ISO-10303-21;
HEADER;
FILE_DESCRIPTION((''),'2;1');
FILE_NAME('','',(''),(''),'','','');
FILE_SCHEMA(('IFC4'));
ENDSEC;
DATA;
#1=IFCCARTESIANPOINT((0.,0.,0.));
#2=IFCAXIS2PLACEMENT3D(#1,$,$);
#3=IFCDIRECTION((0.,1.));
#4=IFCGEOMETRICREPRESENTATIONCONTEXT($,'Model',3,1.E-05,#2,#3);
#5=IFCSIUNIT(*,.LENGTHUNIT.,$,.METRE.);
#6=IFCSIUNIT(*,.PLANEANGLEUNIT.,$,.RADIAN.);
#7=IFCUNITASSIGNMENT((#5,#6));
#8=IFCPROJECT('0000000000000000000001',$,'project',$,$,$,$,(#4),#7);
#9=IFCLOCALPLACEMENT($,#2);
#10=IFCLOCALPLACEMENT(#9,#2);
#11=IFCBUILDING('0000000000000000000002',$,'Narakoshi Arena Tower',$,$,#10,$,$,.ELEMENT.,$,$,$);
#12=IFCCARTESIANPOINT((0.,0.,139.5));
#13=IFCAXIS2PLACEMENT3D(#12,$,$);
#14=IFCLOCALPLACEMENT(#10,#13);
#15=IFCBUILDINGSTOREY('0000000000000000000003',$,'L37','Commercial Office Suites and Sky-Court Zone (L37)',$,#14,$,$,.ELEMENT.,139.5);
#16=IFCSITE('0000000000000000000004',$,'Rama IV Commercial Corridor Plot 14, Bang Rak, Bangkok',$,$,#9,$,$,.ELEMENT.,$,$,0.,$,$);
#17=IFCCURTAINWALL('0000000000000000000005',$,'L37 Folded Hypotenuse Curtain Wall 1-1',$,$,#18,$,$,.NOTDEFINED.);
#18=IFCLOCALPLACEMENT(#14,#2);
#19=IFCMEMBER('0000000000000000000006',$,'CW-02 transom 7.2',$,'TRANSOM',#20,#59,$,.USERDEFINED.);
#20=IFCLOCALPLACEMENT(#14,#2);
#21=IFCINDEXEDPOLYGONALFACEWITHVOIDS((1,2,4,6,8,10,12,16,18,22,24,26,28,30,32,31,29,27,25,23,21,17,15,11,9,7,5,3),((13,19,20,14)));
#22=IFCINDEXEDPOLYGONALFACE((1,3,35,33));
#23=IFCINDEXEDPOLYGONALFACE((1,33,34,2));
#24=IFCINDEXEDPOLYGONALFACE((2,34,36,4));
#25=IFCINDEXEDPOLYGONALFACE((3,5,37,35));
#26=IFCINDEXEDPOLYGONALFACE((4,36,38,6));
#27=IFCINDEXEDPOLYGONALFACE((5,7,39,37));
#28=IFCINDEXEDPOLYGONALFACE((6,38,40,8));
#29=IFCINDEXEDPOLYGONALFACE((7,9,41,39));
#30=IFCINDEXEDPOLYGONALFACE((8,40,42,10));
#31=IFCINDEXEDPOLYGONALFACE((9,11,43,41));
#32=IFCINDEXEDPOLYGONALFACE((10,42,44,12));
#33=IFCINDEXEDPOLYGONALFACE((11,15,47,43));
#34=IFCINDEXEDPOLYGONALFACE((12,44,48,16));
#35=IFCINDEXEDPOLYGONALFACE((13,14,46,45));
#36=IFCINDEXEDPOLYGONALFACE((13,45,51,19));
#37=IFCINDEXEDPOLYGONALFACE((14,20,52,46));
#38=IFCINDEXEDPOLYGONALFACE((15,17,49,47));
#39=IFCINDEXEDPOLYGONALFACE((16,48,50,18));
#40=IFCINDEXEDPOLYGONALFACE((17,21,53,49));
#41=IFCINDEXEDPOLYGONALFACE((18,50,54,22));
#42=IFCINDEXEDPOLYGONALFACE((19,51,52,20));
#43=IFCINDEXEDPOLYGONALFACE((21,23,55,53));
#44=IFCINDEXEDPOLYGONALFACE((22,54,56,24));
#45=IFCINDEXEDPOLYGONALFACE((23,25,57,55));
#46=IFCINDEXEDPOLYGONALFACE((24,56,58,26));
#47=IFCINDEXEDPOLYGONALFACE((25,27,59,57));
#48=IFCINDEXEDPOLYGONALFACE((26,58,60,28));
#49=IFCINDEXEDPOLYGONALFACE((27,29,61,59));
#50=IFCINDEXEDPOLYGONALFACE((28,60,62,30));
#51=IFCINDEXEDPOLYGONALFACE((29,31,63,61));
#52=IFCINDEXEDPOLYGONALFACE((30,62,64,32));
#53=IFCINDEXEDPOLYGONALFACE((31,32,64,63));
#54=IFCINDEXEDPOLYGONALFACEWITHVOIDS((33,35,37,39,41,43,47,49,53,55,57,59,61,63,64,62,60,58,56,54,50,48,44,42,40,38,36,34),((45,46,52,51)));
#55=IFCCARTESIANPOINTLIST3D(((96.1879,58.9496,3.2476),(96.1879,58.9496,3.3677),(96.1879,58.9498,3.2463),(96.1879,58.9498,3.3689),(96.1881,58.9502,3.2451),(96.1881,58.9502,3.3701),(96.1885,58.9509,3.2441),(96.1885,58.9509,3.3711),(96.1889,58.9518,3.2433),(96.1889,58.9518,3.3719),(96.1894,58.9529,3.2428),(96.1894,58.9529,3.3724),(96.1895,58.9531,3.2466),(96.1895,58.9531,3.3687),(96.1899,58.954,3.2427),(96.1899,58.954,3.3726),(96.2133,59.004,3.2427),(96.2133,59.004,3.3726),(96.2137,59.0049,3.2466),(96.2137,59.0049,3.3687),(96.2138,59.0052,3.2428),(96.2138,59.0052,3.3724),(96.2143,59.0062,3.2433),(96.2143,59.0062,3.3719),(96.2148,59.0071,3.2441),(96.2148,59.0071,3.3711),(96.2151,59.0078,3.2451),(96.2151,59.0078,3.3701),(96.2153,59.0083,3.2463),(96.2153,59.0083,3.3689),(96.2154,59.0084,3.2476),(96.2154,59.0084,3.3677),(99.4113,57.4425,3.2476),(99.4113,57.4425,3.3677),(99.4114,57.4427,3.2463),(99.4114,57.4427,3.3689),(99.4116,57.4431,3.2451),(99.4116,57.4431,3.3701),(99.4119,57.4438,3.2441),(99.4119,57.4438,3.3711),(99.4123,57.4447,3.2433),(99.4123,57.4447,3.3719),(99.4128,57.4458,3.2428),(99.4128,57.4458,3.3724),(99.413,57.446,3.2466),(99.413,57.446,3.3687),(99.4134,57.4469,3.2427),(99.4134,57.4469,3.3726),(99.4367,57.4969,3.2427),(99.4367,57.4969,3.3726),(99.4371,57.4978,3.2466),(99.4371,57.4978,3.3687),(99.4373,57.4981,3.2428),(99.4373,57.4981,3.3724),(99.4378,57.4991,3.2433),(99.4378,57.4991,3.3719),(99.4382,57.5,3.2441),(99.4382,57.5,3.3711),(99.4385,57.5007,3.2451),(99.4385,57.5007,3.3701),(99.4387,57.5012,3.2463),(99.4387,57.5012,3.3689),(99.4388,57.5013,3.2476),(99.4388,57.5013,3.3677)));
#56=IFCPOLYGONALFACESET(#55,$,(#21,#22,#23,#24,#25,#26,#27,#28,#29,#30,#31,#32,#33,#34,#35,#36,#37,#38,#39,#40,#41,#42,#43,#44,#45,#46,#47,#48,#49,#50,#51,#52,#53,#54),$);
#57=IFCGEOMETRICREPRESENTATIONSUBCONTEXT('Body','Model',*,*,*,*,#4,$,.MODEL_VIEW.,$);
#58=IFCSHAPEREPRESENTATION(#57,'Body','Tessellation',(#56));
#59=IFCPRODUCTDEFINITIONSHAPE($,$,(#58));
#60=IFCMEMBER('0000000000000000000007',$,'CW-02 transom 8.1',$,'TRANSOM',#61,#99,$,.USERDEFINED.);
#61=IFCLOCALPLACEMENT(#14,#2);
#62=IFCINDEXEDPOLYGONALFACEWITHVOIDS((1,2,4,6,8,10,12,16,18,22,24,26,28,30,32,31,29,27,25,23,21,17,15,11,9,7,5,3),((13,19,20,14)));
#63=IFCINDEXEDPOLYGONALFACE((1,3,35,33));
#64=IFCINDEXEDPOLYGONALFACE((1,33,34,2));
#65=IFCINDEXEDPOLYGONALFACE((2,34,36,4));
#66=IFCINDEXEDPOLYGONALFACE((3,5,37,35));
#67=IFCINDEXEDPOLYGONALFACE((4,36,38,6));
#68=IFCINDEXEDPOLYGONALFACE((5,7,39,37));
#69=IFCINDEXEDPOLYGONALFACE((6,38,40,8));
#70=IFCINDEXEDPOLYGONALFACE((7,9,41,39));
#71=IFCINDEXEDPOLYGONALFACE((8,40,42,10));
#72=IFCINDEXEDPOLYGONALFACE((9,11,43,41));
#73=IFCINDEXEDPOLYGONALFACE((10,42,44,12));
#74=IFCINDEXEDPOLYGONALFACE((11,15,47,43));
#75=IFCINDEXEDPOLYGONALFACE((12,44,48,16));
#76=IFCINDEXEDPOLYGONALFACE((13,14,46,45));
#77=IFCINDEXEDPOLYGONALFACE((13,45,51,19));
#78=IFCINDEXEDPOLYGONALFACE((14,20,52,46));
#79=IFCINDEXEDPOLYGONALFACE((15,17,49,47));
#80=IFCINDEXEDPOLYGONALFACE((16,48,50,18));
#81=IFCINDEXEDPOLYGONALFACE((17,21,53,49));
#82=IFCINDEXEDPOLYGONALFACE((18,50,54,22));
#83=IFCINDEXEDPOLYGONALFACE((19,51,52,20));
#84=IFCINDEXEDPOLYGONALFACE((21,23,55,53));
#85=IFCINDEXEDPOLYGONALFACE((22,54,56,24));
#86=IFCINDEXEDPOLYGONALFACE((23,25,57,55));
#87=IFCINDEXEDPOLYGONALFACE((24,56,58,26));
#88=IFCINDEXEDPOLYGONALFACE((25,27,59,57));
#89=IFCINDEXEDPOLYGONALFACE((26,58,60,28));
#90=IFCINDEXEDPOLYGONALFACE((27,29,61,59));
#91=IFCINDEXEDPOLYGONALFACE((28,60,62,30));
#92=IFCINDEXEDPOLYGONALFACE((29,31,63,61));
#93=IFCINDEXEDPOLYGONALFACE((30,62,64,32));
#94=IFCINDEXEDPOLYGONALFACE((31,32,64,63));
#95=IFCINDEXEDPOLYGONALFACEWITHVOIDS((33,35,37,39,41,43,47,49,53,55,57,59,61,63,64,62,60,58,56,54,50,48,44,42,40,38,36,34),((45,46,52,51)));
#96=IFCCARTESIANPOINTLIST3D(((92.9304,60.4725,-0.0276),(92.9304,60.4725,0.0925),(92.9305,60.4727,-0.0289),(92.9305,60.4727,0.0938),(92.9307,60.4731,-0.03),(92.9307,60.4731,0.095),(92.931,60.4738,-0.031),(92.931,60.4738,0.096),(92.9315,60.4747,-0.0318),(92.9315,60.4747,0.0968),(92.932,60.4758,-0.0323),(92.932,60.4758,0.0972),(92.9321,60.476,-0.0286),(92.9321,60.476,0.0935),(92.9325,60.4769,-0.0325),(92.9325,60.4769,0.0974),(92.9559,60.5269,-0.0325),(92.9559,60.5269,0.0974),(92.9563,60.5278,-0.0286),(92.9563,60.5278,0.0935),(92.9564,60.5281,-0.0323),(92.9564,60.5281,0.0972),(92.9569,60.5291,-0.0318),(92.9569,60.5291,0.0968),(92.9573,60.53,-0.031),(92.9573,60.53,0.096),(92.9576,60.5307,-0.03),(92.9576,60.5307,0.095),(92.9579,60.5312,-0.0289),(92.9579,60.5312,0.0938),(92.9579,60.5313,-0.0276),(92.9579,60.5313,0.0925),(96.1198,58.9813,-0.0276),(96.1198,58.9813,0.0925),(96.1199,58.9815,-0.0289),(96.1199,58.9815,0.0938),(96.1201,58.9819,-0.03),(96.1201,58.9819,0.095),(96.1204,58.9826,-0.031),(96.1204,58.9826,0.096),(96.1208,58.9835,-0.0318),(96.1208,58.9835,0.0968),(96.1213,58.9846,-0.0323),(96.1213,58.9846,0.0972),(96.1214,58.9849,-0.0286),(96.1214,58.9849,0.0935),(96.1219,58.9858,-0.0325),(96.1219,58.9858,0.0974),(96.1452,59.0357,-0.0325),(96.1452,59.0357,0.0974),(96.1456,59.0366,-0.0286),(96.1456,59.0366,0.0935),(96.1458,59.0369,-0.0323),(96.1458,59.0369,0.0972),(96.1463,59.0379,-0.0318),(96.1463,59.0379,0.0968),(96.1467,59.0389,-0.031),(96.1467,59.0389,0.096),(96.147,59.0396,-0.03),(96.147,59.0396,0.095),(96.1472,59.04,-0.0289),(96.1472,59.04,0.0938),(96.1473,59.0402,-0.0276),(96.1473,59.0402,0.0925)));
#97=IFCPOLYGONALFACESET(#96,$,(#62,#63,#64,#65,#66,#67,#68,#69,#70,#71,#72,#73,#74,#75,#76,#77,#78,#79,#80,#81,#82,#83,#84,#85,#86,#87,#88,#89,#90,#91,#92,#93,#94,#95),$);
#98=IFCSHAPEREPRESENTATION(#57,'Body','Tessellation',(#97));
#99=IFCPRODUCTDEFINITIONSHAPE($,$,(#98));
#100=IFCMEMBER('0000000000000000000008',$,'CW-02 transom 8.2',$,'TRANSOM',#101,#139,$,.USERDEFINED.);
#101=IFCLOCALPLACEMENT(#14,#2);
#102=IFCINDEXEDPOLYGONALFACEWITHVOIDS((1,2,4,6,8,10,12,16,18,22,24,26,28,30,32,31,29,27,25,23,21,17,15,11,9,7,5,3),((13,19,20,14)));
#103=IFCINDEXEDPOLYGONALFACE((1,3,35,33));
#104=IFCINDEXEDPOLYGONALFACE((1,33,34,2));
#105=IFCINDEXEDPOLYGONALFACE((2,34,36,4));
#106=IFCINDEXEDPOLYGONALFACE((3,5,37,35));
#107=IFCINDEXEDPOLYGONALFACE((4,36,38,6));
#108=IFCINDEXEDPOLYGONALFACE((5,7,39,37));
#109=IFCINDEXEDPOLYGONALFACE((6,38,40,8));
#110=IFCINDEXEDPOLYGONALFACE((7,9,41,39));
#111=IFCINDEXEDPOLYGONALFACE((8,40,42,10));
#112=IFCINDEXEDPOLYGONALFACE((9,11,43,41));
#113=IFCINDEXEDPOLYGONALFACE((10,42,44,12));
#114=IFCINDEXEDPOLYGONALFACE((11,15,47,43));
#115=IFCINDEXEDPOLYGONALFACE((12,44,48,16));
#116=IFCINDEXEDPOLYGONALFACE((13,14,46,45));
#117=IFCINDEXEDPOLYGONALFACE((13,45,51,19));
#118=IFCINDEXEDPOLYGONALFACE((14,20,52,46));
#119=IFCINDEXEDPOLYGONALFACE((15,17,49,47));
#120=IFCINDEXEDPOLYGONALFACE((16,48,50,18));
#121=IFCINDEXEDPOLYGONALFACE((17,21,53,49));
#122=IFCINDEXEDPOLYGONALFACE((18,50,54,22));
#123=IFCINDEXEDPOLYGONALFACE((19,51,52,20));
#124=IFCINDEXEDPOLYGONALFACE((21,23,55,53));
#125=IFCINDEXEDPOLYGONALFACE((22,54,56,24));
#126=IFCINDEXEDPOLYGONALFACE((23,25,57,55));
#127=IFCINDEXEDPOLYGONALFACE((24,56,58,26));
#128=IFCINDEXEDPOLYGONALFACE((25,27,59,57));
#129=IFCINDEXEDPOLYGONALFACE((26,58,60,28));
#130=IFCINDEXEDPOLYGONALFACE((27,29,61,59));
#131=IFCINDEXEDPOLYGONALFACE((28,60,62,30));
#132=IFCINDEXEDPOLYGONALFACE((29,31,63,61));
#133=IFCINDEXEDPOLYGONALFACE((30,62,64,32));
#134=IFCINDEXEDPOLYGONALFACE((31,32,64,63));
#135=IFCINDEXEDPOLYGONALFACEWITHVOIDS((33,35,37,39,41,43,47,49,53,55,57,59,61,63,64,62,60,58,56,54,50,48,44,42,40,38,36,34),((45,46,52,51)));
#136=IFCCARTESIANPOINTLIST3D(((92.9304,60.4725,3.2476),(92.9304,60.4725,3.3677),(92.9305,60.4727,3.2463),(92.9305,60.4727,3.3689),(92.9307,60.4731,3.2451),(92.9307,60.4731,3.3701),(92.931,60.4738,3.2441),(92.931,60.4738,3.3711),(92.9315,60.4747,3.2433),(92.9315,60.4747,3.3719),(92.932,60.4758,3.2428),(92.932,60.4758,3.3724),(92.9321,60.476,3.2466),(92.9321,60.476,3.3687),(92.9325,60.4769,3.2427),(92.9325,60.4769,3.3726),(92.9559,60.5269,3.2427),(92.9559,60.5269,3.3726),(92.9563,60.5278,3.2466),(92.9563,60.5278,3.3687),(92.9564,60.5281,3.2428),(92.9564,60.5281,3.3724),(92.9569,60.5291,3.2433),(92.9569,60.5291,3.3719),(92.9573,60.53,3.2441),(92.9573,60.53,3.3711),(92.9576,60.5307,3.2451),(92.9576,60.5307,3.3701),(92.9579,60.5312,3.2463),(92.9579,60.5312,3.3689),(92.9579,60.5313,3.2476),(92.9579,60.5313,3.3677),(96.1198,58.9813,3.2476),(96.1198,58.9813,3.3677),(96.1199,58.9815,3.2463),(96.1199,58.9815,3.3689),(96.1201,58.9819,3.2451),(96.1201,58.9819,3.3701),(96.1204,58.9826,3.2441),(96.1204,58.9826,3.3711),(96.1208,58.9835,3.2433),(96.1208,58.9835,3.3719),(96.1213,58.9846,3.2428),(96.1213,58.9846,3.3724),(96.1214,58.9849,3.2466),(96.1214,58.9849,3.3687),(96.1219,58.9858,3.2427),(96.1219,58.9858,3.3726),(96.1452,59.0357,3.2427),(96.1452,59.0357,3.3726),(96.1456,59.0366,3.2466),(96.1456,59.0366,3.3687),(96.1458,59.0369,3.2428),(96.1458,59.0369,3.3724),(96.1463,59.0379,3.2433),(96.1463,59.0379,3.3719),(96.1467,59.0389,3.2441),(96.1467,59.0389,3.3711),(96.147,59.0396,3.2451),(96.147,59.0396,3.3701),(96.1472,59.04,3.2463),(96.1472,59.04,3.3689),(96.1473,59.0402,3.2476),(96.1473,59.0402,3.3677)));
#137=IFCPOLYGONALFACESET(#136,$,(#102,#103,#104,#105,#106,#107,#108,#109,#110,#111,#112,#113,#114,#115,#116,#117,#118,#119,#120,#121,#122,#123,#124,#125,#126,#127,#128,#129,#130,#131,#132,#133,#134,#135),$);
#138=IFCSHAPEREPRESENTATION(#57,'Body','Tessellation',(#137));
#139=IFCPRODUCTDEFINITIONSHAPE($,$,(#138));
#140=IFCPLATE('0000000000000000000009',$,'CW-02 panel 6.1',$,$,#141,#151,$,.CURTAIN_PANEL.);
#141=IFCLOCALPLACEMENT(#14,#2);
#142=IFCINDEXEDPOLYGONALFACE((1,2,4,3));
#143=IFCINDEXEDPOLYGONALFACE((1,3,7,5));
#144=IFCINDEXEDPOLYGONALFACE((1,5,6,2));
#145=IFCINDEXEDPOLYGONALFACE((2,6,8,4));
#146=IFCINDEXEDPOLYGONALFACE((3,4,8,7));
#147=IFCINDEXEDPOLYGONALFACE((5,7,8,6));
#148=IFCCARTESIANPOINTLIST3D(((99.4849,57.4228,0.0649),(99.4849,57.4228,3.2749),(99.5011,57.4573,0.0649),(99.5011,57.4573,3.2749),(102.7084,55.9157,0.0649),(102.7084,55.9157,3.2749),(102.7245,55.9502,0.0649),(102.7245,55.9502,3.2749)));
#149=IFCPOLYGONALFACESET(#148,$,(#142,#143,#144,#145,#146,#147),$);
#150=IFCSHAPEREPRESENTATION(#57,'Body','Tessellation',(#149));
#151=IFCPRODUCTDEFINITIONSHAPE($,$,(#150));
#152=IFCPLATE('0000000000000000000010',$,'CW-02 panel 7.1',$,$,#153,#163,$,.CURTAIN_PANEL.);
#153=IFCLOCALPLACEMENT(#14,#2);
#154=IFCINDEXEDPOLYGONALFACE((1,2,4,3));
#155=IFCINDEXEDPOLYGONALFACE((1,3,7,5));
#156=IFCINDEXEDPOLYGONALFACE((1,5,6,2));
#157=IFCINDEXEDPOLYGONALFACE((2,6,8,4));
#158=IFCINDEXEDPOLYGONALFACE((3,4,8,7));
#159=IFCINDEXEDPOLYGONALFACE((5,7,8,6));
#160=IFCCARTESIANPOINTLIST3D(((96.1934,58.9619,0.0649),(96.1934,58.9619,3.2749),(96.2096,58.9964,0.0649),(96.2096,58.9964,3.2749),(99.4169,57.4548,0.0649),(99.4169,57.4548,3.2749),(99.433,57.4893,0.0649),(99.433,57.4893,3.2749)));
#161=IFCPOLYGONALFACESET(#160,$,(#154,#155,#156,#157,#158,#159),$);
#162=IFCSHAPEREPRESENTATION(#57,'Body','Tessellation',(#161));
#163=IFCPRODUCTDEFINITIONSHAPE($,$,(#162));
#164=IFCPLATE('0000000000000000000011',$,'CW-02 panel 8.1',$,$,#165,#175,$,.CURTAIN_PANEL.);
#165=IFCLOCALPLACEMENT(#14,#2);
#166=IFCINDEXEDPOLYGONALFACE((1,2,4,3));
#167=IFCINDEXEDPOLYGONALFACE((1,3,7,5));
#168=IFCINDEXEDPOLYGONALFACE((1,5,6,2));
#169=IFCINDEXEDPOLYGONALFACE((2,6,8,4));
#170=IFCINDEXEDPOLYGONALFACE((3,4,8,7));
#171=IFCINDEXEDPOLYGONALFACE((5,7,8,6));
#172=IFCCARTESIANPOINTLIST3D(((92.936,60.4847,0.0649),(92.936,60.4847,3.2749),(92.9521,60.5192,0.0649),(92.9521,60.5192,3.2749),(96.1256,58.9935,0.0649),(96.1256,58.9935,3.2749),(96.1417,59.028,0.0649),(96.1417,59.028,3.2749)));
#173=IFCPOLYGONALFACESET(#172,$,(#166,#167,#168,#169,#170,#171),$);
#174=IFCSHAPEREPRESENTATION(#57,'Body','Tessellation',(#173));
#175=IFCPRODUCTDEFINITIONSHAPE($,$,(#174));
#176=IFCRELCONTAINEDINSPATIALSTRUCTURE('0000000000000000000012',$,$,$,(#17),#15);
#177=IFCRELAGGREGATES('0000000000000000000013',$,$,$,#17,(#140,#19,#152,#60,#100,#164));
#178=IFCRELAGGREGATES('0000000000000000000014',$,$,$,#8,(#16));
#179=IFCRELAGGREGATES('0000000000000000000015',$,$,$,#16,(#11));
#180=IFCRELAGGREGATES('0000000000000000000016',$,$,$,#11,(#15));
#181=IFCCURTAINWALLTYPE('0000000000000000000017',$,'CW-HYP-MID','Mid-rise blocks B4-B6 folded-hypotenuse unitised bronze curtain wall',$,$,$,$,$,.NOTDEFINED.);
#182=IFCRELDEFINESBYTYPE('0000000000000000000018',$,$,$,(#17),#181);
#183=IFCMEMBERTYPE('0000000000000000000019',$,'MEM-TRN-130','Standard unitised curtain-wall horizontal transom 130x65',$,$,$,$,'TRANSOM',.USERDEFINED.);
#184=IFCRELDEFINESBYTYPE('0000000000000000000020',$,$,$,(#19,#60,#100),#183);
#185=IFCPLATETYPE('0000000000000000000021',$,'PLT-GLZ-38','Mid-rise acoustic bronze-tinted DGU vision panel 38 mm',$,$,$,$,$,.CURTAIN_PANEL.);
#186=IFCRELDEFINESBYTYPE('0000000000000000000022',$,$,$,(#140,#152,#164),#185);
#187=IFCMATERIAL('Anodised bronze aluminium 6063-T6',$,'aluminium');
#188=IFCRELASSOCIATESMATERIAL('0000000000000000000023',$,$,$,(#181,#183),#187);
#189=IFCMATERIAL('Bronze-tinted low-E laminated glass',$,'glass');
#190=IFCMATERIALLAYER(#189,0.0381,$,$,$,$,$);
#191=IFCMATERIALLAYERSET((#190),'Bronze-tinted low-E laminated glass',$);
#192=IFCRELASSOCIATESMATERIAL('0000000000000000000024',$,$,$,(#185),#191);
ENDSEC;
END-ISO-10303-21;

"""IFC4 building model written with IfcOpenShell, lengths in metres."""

from ifc_helpers import new_model, si_unit, direction, frame, origin, origin_2d, place, context, subcontext, project, spatial, rectangle, hollow_rectangle, extrude, material, layer, layer_set, material_profile, profile_set, type_object, element, aggregate, save


model = new_model("IFC4")

# Units and contexts
model_context = context("Model", 3, precision=1e-05, world=origin(), true_north=direction((0.0, 1.0)))
body_context = subcontext(model_context, "Body", "Model", "MODEL_VIEW")
ifc_project = project(units=[si_unit("LENGTHUNIT", "METRE"), si_unit("PLANEANGLEUNIT", "RADIAN")], contexts=[model_context])

# Site, building, storey
site_placement = place(None, origin())
site = spatial("IfcSite", under=ifc_project, at=site_placement, Name="Rama IV Commercial Corridor Plot 14, Bang Rak, Bangkok", CompositionType="ELEMENT", RefElevation=0.0)
building_placement = place(site_placement, origin())
building = spatial("IfcBuilding", under=site, at=building_placement, Name="Narakoshi Arena Tower", CompositionType="ELEMENT")
storey_placement = place(building_placement, frame((0.0, 0.0, 139.5)))
storey = spatial("IfcBuildingStorey", under=building, at=storey_placement, Name="L37", Description="Commercial Office Suites and Sky-Court Zone (L37)", CompositionType="ELEMENT", Elevation=139.5)

# Curtain wall, members, plates
ifc_material_1 = material(Name="Anodised bronze aluminium 6063-T6", Category="aluminium")
curtain_wall_type = type_object("IfcCurtainWallType", Name="CW-HYP-MID", Description="Mid-rise blocks B4-B6 folded-hypotenuse unitised bronze curtain wall", PredefinedType="NOTDEFINED", material=ifc_material_1)
curtain_wall_placement = place(storey_placement, origin())
curtain_wall = element("IfcCurtainWall", 1, at=curtain_wall_placement, inside=storey, type_object=curtain_wall_type, Name="L37 Folded Hypotenuse Curtain Wall 1-1", PredefinedType="NOTDEFINED")
ifc_material_profile_1 = material_profile(ifc_material_1, hollow_rectangle(XDim=0.0649, YDim=0.1299, WallThickness=0.0039, OuterFilletRadius=0.0049, at=origin_2d()), Name="TRN130x65x4")
ifc_profile_set_1 = profile_set([ifc_material_profile_1], Name="Anodised bronze aluminium 6063-T6")
member_type_1 = type_object("IfcMemberType", Name="MEM-TRN-130", Description="Standard unitised curtain-wall horizontal transom 130x65", ElementType="TRANSOM", PredefinedType="USERDEFINED", material=ifc_profile_set_1)
member_1_placement = place(storey_placement, frame((99.425, 57.4719, 3.3076), z_axis=(-0.905878, 0.423539, 0.0), x_axis=(-0.423539, -0.905878, 0.0)))
member_1 = element("IfcMember", 2, at=member_1_placement, type_object=member_type_1, Name="CW-02 transom 7.2", ObjectType="TRANSOM", PredefinedType="USERDEFINED", context=body_context, shape_type="SweptSolid", body=[
    extrude(hollow_rectangle(XDim=0.0649, YDim=0.1299, WallThickness=0.0039, OuterFilletRadius=0.0049, at=origin_2d()), origin(), (0.0, 0.0, 1.0), 3.5583),
])
member_2_placement = place(storey_placement, frame((96.1335, 59.0107, 0.0325), z_axis=(-0.905878, 0.423538, 0.0), x_axis=(-0.423538, -0.905878, 0.0)))
member_2 = element("IfcMember", 3, at=member_2_placement, type_object=member_type_1, Name="CW-02 transom 8.1", ObjectType="TRANSOM", PredefinedType="USERDEFINED", context=body_context, shape_type="SweptSolid", body=[
    extrude(hollow_rectangle(XDim=0.0649, YDim=0.1299, WallThickness=0.0039, OuterFilletRadius=0.0049, at=origin_2d()), origin(), (0.0, 0.0, 1.0), 3.5208),
])
member_3_placement = place(storey_placement, frame((96.1335, 59.0107, 3.3076), z_axis=(-0.905878, 0.423538, 0.0), x_axis=(-0.423538, -0.905878, 0.0)))
member_3 = element("IfcMember", 4, at=member_3_placement, type_object=member_type_1, Name="CW-02 transom 8.2", ObjectType="TRANSOM", PredefinedType="USERDEFINED", context=body_context, shape_type="SweptSolid", body=[
    extrude(hollow_rectangle(XDim=0.0649, YDim=0.1299, WallThickness=0.0039, OuterFilletRadius=0.0049, at=origin_2d()), origin(), (0.0, 0.0, 1.0), 3.5208),
])
ifc_material_2 = material(Name="Bronze-tinted low-E laminated glass", Category="glass")
ifc_layer_1 = layer(ifc_material_2, 0.0381)
ifc_layer_set_1 = layer_set([ifc_layer_1], Name="Bronze-tinted low-E laminated glass")
plate_type = type_object("IfcPlateType", Name="PLT-GLZ-38", Description="Mid-rise acoustic bronze-tinted DGU vision panel 38 mm", PredefinedType="CURTAIN_PANEL", material=ifc_layer_set_1)
plate_1_placement = place(storey_placement, frame((101.1047, 56.6865, 0.0649), z_axis=(0.0, 0.0, 1.0), x_axis=(-0.905881, 0.423532, 0.0)))
plate_1 = element("IfcPlate", 5, at=plate_1_placement, type_object=plate_type, Name="CW-02 panel 6.1", PredefinedType="CURTAIN_PANEL", context=body_context, shape_type="SweptSolid", body=[
    extrude(rectangle(XDim=3.5583, YDim=0.0381, at=origin_2d()), origin(), (0.0, 0.0, 1.0), 3.21),
])
plate_2_placement = place(storey_placement, frame((97.8132, 58.2256, 0.0649), z_axis=(0.0, 0.0, 1.0), x_axis=(-0.905881, 0.423532, 0.0)))
plate_2 = element("IfcPlate", 6, at=plate_2_placement, type_object=plate_type, Name="CW-02 panel 7.1", PredefinedType="CURTAIN_PANEL", context=body_context, shape_type="SweptSolid", body=[
    extrude(rectangle(XDim=3.5583, YDim=0.0381, at=origin_2d()), origin(), (0.0, 0.0, 1.0), 3.21),
])
plate_3_placement = place(storey_placement, frame((94.5388, 59.7563, 0.0649), z_axis=(0.0, 0.0, 1.0), x_axis=(-0.905881, 0.423532, 0.0)))
plate_3 = element("IfcPlate", 7, at=plate_3_placement, type_object=plate_type, Name="CW-02 panel 8.1", PredefinedType="CURTAIN_PANEL", context=body_context, shape_type="SweptSolid", body=[
    extrude(rectangle(XDim=3.521, YDim=0.0381, at=origin_2d()), origin(), (0.0, 0.0, 1.0), 3.21),
])
aggregate(curtain_wall, [plate_1, member_1, plate_2, member_2, member_3, plate_3])

save(model, "model.ifc")
